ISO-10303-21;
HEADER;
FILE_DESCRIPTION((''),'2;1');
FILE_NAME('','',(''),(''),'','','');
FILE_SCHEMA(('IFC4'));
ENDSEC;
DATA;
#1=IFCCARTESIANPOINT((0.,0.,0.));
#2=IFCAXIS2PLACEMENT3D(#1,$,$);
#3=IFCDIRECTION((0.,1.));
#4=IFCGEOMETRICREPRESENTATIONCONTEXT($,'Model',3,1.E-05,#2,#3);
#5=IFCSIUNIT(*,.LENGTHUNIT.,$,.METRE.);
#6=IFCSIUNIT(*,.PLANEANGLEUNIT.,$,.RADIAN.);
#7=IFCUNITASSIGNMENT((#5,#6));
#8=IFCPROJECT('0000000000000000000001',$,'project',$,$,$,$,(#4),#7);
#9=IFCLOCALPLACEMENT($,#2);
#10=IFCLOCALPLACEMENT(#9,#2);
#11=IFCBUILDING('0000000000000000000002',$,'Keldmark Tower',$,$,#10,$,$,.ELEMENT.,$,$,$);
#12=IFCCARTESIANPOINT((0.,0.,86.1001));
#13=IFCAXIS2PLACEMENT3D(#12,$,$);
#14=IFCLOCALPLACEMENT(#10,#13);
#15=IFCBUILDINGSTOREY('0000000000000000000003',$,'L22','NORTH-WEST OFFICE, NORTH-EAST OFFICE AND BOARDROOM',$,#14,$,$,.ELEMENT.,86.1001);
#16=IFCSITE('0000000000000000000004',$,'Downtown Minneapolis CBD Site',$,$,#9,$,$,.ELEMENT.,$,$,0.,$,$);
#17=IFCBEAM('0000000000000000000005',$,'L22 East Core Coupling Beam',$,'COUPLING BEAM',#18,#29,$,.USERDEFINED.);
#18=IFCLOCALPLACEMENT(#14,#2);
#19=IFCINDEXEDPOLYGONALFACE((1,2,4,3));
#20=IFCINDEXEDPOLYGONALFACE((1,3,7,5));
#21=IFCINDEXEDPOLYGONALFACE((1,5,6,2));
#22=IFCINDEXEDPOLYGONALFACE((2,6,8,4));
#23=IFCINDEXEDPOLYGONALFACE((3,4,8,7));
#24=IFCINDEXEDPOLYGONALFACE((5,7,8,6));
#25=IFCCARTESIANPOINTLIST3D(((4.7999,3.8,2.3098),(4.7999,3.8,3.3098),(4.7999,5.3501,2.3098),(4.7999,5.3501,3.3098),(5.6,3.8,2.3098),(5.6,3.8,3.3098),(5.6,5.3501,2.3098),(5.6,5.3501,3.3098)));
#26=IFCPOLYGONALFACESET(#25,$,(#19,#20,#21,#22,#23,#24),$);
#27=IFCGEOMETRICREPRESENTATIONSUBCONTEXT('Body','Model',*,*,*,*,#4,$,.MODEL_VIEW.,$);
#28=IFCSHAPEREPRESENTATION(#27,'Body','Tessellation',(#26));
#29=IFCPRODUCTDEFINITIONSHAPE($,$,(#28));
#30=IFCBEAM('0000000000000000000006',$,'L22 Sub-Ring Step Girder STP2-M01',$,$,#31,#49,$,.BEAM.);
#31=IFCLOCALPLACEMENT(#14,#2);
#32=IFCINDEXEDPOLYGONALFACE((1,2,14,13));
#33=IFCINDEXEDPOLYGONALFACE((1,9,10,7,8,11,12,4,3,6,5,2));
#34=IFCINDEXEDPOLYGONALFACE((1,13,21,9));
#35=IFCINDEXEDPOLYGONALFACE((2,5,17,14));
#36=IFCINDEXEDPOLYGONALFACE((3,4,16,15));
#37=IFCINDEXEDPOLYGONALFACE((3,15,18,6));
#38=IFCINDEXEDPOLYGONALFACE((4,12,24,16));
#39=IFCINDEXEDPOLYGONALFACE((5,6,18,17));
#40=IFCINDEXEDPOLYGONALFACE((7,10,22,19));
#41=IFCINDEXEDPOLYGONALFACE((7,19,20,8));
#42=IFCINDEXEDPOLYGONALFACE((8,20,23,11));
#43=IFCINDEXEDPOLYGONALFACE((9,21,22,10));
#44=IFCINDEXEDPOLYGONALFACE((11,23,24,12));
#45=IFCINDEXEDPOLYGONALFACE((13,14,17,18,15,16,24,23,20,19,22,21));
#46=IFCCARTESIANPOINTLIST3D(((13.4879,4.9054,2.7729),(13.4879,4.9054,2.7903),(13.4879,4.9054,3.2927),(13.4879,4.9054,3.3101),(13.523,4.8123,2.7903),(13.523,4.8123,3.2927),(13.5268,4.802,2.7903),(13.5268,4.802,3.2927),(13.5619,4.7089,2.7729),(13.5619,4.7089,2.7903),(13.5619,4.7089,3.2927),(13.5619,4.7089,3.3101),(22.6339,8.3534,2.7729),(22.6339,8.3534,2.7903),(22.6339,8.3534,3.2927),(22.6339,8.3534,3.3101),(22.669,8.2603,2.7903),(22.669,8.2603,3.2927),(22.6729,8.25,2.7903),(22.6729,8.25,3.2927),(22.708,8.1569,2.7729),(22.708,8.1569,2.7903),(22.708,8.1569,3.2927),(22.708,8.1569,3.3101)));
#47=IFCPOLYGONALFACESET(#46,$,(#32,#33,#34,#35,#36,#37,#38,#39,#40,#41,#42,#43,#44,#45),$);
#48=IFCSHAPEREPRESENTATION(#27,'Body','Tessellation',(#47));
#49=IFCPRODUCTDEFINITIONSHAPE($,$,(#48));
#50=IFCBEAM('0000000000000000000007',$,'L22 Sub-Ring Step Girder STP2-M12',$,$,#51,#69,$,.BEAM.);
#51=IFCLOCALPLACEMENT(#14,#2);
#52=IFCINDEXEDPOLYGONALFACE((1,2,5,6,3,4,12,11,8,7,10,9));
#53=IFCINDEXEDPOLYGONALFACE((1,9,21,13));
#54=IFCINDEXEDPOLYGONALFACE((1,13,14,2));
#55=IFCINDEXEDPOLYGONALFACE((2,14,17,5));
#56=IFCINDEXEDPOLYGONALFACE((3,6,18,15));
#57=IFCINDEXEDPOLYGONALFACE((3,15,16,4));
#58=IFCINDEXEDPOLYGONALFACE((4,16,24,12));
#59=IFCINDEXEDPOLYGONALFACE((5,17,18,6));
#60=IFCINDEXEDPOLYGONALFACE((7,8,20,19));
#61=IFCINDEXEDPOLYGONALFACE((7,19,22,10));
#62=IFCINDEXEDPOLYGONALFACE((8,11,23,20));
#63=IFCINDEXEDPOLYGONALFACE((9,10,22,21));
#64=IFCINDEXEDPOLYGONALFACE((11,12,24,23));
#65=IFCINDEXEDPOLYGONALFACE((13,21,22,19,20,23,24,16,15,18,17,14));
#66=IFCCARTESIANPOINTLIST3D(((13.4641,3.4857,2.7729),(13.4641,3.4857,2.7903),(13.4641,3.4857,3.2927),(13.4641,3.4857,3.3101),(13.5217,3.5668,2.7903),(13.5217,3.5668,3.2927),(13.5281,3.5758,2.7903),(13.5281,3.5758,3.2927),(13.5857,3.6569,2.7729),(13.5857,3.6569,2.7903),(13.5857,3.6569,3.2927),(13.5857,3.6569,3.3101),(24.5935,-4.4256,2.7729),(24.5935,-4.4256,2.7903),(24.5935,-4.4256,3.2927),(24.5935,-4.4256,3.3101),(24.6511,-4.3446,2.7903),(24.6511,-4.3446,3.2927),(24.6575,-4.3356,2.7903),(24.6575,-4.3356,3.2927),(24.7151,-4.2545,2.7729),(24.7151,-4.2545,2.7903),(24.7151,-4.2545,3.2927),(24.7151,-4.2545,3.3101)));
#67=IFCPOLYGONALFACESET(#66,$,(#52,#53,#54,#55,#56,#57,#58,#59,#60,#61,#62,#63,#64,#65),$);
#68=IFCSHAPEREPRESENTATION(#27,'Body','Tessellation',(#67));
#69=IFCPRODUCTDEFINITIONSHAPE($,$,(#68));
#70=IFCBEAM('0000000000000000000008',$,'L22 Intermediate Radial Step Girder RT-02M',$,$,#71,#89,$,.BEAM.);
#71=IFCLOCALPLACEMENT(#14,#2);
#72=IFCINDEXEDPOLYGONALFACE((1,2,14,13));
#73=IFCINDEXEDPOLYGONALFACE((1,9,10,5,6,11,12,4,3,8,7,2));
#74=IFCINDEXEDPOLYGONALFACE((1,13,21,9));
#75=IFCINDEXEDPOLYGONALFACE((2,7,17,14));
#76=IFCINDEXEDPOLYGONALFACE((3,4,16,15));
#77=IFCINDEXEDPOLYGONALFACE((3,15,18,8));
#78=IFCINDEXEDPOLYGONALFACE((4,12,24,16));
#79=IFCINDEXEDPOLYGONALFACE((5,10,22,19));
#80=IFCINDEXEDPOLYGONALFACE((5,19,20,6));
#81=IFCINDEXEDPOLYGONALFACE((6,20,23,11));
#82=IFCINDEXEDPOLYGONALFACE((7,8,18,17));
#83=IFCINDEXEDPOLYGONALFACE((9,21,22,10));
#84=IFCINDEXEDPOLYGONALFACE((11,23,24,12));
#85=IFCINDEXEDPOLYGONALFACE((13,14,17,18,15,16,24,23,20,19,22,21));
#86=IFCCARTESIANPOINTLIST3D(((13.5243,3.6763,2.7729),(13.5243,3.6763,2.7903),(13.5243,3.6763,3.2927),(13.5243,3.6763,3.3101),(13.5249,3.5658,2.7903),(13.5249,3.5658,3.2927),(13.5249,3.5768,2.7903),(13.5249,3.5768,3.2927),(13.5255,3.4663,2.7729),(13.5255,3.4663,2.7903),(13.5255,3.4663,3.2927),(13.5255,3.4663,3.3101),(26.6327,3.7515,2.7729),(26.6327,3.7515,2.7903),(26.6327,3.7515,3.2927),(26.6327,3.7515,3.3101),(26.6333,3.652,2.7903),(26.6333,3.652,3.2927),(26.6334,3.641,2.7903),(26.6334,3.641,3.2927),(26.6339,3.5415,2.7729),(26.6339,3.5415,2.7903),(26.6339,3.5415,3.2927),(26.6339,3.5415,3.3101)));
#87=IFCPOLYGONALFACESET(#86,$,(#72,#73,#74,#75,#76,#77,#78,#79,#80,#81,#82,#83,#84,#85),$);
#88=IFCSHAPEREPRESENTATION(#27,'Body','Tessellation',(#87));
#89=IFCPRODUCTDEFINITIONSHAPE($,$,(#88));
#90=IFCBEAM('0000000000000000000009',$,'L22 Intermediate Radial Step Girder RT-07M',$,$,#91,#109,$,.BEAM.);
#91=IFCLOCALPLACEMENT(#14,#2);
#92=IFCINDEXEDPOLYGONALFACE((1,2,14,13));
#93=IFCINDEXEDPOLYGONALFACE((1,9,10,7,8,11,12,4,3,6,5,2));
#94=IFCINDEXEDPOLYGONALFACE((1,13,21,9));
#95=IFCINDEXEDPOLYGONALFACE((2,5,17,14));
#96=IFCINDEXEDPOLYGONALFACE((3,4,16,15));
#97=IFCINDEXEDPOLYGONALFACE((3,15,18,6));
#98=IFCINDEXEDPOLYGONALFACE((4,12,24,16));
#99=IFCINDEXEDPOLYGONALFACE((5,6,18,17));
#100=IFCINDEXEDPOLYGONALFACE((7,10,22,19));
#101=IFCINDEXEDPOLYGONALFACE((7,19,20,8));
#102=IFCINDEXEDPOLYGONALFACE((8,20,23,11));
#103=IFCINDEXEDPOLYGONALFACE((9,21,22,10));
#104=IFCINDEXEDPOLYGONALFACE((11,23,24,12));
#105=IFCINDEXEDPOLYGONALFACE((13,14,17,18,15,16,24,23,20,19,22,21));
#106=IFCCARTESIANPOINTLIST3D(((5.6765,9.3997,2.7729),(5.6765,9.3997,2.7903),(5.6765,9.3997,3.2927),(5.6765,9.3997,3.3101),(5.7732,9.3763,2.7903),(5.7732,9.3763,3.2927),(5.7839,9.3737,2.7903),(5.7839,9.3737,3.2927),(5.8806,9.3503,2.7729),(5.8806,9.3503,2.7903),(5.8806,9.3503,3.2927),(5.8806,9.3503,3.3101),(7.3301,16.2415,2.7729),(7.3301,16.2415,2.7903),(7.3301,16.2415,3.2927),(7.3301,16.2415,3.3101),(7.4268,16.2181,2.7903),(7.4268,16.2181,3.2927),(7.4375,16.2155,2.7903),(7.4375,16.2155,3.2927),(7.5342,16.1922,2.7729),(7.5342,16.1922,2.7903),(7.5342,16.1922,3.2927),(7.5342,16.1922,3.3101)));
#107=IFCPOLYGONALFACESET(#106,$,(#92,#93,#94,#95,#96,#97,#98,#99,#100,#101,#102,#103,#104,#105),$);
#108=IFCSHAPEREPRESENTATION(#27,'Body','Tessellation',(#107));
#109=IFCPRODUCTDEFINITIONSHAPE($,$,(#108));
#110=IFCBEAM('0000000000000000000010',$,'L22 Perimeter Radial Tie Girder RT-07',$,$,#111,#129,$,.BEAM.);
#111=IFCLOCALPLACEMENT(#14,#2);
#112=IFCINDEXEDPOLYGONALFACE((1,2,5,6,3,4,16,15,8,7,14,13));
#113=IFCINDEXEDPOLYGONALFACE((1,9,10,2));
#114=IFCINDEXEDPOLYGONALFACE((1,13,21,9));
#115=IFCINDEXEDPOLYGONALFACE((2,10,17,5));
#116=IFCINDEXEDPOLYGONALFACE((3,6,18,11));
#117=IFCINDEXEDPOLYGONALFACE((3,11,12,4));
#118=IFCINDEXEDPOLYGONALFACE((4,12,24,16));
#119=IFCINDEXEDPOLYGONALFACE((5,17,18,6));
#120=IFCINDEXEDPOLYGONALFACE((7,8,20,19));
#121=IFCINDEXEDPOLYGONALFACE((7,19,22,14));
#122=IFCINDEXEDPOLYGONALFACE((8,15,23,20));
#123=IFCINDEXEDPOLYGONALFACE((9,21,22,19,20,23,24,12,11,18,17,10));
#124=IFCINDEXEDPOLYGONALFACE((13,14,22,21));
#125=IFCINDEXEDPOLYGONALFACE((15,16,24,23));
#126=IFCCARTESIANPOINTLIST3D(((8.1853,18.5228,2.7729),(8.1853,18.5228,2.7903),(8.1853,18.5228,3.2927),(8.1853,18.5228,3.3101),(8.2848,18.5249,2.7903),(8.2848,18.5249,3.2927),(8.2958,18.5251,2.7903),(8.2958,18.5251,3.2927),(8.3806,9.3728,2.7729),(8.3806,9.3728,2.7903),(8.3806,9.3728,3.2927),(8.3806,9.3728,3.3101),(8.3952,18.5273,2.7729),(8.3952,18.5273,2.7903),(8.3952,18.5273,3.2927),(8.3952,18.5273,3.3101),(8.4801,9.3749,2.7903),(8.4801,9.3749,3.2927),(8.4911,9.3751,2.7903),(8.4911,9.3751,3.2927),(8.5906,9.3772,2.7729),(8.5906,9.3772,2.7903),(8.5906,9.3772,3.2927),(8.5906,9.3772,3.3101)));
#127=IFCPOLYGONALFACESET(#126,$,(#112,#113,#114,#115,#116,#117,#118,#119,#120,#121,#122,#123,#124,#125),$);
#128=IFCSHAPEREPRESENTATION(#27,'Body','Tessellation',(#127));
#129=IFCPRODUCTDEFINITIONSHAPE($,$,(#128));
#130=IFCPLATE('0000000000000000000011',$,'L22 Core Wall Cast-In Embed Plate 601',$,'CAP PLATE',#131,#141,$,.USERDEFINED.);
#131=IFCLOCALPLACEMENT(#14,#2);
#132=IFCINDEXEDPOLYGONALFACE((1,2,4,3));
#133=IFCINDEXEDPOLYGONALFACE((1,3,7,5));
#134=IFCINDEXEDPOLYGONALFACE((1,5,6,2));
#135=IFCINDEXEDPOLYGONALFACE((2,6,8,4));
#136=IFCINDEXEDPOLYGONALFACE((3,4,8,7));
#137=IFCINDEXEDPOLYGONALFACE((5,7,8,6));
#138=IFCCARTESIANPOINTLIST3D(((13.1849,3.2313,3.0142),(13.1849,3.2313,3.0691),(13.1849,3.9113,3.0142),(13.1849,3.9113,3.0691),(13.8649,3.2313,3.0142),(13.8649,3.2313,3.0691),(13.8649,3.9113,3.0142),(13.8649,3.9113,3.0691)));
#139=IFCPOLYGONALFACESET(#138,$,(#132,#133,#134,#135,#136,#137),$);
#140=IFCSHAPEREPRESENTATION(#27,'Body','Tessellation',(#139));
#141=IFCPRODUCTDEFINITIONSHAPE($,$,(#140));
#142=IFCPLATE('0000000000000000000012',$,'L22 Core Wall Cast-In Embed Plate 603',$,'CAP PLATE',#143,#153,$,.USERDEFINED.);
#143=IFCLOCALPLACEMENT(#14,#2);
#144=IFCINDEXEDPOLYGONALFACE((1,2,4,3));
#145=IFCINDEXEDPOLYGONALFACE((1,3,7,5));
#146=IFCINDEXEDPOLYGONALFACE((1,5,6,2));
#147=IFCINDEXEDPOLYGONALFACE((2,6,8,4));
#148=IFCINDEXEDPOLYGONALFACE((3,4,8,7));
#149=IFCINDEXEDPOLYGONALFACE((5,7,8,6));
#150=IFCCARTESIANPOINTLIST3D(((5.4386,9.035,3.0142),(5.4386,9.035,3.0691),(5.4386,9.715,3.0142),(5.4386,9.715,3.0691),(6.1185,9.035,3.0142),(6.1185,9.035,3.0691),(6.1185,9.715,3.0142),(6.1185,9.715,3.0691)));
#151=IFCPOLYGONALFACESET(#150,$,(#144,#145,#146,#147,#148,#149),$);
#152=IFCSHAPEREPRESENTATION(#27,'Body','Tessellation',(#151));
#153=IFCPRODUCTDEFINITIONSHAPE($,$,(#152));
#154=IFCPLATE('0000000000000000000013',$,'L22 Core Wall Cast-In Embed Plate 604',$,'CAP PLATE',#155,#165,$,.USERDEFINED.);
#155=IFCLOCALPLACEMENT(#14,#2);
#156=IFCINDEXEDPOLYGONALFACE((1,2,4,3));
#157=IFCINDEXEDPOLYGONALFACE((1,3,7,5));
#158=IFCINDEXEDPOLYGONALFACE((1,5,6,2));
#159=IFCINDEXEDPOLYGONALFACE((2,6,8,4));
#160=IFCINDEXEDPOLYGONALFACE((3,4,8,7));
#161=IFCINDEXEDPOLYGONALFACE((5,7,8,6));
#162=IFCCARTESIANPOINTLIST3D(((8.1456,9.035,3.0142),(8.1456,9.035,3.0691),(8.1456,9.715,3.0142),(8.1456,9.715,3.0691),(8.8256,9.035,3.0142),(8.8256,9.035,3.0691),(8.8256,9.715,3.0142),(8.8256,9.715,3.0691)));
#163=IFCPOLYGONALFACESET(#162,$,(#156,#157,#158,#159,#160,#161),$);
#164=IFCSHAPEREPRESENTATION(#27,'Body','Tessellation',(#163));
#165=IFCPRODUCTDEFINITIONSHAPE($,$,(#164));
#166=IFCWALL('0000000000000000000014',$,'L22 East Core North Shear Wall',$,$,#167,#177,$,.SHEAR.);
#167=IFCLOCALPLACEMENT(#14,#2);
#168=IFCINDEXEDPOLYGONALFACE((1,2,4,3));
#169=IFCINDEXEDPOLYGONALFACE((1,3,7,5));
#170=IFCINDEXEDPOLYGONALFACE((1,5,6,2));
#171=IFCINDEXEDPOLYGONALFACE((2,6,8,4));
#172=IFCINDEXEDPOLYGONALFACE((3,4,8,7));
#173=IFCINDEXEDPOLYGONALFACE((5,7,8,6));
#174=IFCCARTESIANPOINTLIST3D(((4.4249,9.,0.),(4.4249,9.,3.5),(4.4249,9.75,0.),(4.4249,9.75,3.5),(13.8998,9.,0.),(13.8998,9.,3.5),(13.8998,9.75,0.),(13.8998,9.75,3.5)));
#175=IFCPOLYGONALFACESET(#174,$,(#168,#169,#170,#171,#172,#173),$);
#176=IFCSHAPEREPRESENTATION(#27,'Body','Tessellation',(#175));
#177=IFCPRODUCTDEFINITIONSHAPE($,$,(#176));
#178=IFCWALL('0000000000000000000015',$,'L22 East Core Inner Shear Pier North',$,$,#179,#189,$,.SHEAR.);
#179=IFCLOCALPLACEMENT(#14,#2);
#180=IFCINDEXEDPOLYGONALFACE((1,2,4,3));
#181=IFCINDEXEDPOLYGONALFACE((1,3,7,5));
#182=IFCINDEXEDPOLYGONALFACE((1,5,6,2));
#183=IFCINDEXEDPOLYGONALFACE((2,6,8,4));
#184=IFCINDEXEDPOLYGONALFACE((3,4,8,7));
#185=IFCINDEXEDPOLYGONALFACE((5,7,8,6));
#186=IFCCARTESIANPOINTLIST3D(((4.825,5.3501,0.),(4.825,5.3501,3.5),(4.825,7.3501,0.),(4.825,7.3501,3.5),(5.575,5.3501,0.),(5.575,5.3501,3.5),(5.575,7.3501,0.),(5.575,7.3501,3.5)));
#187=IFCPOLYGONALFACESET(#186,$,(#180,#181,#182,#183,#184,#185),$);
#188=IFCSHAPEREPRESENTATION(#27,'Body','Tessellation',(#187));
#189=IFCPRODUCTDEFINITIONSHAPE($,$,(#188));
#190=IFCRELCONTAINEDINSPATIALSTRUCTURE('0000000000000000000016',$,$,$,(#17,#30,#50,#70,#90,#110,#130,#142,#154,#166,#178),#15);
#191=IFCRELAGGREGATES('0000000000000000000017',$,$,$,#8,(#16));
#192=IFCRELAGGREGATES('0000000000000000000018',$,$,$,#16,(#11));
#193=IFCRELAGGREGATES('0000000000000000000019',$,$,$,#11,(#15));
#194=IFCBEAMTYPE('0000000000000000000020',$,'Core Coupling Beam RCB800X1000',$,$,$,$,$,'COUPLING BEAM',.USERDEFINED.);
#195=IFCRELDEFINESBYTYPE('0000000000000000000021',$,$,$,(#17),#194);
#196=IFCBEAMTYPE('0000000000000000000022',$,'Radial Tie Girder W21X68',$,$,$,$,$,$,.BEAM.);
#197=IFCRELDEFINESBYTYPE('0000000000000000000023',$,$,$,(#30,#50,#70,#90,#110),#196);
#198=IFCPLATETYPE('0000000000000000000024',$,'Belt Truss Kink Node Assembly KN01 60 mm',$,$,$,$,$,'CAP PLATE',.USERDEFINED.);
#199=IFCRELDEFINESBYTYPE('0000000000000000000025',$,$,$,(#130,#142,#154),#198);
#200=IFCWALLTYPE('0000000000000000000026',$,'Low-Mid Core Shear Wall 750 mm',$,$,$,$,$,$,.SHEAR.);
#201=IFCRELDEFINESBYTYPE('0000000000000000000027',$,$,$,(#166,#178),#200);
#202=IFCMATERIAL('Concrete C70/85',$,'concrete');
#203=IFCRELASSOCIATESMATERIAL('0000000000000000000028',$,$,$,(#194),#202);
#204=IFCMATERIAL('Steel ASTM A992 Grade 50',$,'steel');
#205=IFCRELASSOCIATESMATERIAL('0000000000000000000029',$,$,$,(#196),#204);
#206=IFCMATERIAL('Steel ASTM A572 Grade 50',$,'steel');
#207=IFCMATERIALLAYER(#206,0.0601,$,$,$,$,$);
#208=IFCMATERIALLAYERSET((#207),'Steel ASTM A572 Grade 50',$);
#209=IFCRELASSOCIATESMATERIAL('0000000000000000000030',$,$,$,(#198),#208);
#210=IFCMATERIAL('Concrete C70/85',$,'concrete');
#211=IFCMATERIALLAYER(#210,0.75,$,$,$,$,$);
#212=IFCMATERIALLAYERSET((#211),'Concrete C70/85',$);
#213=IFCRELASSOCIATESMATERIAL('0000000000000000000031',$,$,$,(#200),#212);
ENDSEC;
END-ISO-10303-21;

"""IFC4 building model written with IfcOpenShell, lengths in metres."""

from ifc_helpers import new_model, si_unit, direction, frame, frame_2d, origin, origin_2d, place, context, subcontext, project, spatial, rectangle, i_section, extrude, material, layer, layer_set, material_profile, profile_set, type_object, element, save


model = new_model("IFC4")

# Units and contexts
model_context = context("Model", 3, precision=1e-05, world=origin(), true_north=direction((0.0, 1.0)))
body_context = subcontext(model_context, "Body", "Model", "MODEL_VIEW")
ifc_project = project(units=[si_unit("LENGTHUNIT", "METRE"), si_unit("PLANEANGLEUNIT", "RADIAN")], contexts=[model_context])

# Site, building, storey
site_placement = place(None, origin())
site = spatial("IfcSite", under=ifc_project, at=site_placement, Name="Downtown Minneapolis CBD Site", CompositionType="ELEMENT", RefElevation=0.0)
building_placement = place(site_placement, origin())
building = spatial("IfcBuilding", under=site, at=building_placement, Name="Keldmark Tower", CompositionType="ELEMENT")
storey_placement = place(building_placement, frame((0.0, 0.0, 86.1001)))
storey = spatial("IfcBuildingStorey", under=building, at=storey_placement, Name="L22", Description="NORTH-WEST OFFICE, NORTH-EAST OFFICE AND BOARDROOM", CompositionType="ELEMENT", Elevation=86.1001)

# Beams
ifc_material_1 = material(Name="Concrete C70/85", Category="concrete")
ifc_material_profile_1 = material_profile(ifc_material_1, rectangle(XDim=0.8, YDim=1.0, at=origin_2d()), Name="RCB800X1000")
ifc_profile_set_1 = profile_set([ifc_material_profile_1], Name="Concrete C70/85")
beam_type_1 = type_object("IfcBeamType", Name="Core Coupling Beam RCB800X1000", ElementType="COUPLING BEAM", PredefinedType="USERDEFINED", material=ifc_profile_set_1)
beam_1_placement = place(storey_placement, frame((5.2, 3.8, 2.8098), z_axis=(0.0, 1.0, 0.0), x_axis=(-1.0, 0.0, 0.0)))
element("IfcBeam", 1, at=beam_1_placement, inside=storey, type_object=beam_type_1, Name="L22 East Core Coupling Beam", ObjectType="COUPLING BEAM", PredefinedType="USERDEFINED", context=body_context, shape_type="SweptSolid", body=[
    extrude(rectangle(XDim=0.8, YDim=1.0, at=origin_2d()), origin(), (0.0, 0.0, 1.0), 1.55),
])
ifc_material_2 = material(Name="Steel ASTM A992 Grade 50", Category="steel")
ifc_material_profile_2 = material_profile(ifc_material_2, i_section(OverallWidth=0.21, OverallDepth=0.5371, WebThickness=0.011, FlangeThickness=0.0173, at=origin_2d()), Name="W21X68")
ifc_profile_set_2 = profile_set([ifc_material_profile_2], Name="Steel ASTM A992 Grade 50")
beam_type_2 = type_object("IfcBeamType", Name="Radial Tie Girder W21X68", PredefinedType="BEAM", material=ifc_profile_set_2)
beam_2_placement = place(storey_placement, frame((13.5249, 4.8071, 3.0415), z_axis=(0.935714, 0.35276, 0.0), x_axis=(-0.35276, 0.935714, 0.0)))
element("IfcBeam", 2, at=beam_2_placement, inside=storey, type_object=beam_type_2, Name="L22 Sub-Ring Step Girder STP2-M01", PredefinedType="BEAM", context=body_context, shape_type="SweptSolid", body=[
    extrude(i_section(OverallWidth=0.21, OverallDepth=0.5371, WebThickness=0.011, FlangeThickness=0.0173, at=origin_2d()), origin(), (0.0, 0.0, 1.0), 9.7744),
])
beam_3_placement = place(storey_placement, frame((13.5249, 3.5713, 3.0415), z_axis=(0.815054, -0.579385, 0.0), x_axis=(0.579385, 0.815054, 0.0)))
element("IfcBeam", 3, at=beam_3_placement, inside=storey, type_object=beam_type_2, Name="L22 Sub-Ring Step Girder STP2-M12", PredefinedType="BEAM", context=body_context, shape_type="SweptSolid", body=[
    extrude(i_section(OverallWidth=0.21, OverallDepth=0.5371, WebThickness=0.011, FlangeThickness=0.0173, at=origin_2d()), origin(), (0.0, 0.0, 1.0), 13.6548),
])
beam_4_placement = place(storey_placement, frame((13.5249, 3.5713, 3.0415), z_axis=(0.999984, 0.005736, 0.0), x_axis=(-0.005736, 0.999984, 0.0)))
element("IfcBeam", 4, at=beam_4_placement, inside=storey, type_object=beam_type_2, Name="L22 Intermediate Radial Step Girder RT-02M", PredefinedType="BEAM", context=body_context, shape_type="SweptSolid", body=[
    extrude(i_section(OverallWidth=0.21, OverallDepth=0.5371, WebThickness=0.011, FlangeThickness=0.0173, at=origin_2d()), origin(), (0.0, 0.0, 1.0), 13.1086),
])
beam_5_placement = place(storey_placement, frame((5.7786, 9.375, 3.0415), z_axis=(0.234922, 0.972014, 0.0), x_axis=(-0.972014, 0.234922, 0.0)))
element("IfcBeam", 5, at=beam_5_placement, inside=storey, type_object=beam_type_2, Name="L22 Intermediate Radial Step Girder RT-07M", PredefinedType="BEAM", context=body_context, shape_type="SweptSolid", body=[
    extrude(i_section(OverallWidth=0.21, OverallDepth=0.5371, WebThickness=0.011, FlangeThickness=0.0173, at=origin_2d()), origin(), (0.0, 0.0, 1.0), 7.0388),
])
beam_6_placement = place(storey_placement, frame((8.4856, 9.375, 3.0415), z_axis=(-0.021341, 0.999772, 0.0), x_axis=(-0.999772, -0.021341, 0.0)))
element("IfcBeam", 6, at=beam_6_placement, inside=storey, type_object=beam_type_2, Name="L22 Perimeter Radial Tie Girder RT-07", PredefinedType="BEAM", context=body_context, shape_type="SweptSolid", body=[
    extrude(i_section(OverallWidth=0.21, OverallDepth=0.5371, WebThickness=0.011, FlangeThickness=0.0173, at=origin_2d()), origin(), (0.0, 0.0, 1.0), 9.1521),
])

# Plates
ifc_material_3 = material(Name="Steel ASTM A572 Grade 50", Category="steel")
ifc_layer_1 = layer(ifc_material_3, 0.0601)
ifc_layer_set_1 = layer_set([ifc_layer_1], Name="Steel ASTM A572 Grade 50")
plate_type = type_object("IfcPlateType", Name="Belt Truss Kink Node Assembly KN01 60 mm", ElementType="CAP PLATE", PredefinedType="USERDEFINED", material=ifc_layer_set_1)
for number, where, z_axis, x_axis, name in (
    (7, (13.5249, 3.5713, 3.0142), (0.0, 0.0, 1.0), (1.0, 0.0, 0.0), "L22 Core Wall Cast-In Embed Plate 601"),
    (8, (5.7786, 9.375, 3.0142), (0.0, 0.0, 1.0), (1.0, 0.0, 0.0), "L22 Core Wall Cast-In Embed Plate 603"),
    (9, (8.4856, 9.375, 3.0142), (0.0, 0.0, 1.0), (1.0, 0.0, 0.0), "L22 Core Wall Cast-In Embed Plate 604"),
):
    element("IfcPlate", number, at=place(storey_placement, frame(where, z_axis=z_axis, x_axis=x_axis)), inside=storey, type_object=plate_type, Name=name, ObjectType="CAP PLATE", PredefinedType="USERDEFINED", context=body_context, shape_type="SweptSolid", body=[
        extrude(rectangle(XDim=0.6799, YDim=0.6799, at=origin_2d()), origin(), (0.0, 0.0, 1.0), 0.0549),
    ])

# Walls
ifc_material_4 = material(Name="Concrete C70/85", Category="concrete")
ifc_layer_2 = layer(ifc_material_4, 0.75)
ifc_layer_set_2 = layer_set([ifc_layer_2], Name="Concrete C70/85")
wall_type_1 = type_object("IfcWallType", Name="Low-Mid Core Shear Wall 750 mm", PredefinedType="SHEAR", material=ifc_layer_set_2)
wall_1_placement = place(storey_placement, frame((4.425, 9.375, 0.0), z_axis=(0.0, 0.0, 1.0), x_axis=(1.0, 0.0, 0.0)))
element("IfcWall", 10, at=wall_1_placement, inside=storey, type_object=wall_type_1, Name="L22 East Core North Shear Wall", PredefinedType="SHEAR", context=body_context, shape_type="SweptSolid", body=[
    extrude(rectangle(XDim=9.4749, YDim=0.75, at=frame_2d((4.7373, 0.0))), origin(), (0.0, 0.0, 1.0), 3.5),
])
wall_2_placement = place(storey_placement, frame((5.2, 5.3501, 0.0), z_axis=(0.0, 0.0, 1.0), x_axis=(0.0, 1.0, 0.0)))
element("IfcWall", 11, at=wall_2_placement, inside=storey, type_object=wall_type_1, Name="L22 East Core Inner Shear Pier North", PredefinedType="SHEAR", context=body_context, shape_type="SweptSolid", body=[
    extrude(rectangle(XDim=2.0, YDim=0.75, at=frame_2d((1.0, 0.0))), origin(), (0.0, 0.0, 1.0), 3.5),
])

save(model, "model.ifc")
